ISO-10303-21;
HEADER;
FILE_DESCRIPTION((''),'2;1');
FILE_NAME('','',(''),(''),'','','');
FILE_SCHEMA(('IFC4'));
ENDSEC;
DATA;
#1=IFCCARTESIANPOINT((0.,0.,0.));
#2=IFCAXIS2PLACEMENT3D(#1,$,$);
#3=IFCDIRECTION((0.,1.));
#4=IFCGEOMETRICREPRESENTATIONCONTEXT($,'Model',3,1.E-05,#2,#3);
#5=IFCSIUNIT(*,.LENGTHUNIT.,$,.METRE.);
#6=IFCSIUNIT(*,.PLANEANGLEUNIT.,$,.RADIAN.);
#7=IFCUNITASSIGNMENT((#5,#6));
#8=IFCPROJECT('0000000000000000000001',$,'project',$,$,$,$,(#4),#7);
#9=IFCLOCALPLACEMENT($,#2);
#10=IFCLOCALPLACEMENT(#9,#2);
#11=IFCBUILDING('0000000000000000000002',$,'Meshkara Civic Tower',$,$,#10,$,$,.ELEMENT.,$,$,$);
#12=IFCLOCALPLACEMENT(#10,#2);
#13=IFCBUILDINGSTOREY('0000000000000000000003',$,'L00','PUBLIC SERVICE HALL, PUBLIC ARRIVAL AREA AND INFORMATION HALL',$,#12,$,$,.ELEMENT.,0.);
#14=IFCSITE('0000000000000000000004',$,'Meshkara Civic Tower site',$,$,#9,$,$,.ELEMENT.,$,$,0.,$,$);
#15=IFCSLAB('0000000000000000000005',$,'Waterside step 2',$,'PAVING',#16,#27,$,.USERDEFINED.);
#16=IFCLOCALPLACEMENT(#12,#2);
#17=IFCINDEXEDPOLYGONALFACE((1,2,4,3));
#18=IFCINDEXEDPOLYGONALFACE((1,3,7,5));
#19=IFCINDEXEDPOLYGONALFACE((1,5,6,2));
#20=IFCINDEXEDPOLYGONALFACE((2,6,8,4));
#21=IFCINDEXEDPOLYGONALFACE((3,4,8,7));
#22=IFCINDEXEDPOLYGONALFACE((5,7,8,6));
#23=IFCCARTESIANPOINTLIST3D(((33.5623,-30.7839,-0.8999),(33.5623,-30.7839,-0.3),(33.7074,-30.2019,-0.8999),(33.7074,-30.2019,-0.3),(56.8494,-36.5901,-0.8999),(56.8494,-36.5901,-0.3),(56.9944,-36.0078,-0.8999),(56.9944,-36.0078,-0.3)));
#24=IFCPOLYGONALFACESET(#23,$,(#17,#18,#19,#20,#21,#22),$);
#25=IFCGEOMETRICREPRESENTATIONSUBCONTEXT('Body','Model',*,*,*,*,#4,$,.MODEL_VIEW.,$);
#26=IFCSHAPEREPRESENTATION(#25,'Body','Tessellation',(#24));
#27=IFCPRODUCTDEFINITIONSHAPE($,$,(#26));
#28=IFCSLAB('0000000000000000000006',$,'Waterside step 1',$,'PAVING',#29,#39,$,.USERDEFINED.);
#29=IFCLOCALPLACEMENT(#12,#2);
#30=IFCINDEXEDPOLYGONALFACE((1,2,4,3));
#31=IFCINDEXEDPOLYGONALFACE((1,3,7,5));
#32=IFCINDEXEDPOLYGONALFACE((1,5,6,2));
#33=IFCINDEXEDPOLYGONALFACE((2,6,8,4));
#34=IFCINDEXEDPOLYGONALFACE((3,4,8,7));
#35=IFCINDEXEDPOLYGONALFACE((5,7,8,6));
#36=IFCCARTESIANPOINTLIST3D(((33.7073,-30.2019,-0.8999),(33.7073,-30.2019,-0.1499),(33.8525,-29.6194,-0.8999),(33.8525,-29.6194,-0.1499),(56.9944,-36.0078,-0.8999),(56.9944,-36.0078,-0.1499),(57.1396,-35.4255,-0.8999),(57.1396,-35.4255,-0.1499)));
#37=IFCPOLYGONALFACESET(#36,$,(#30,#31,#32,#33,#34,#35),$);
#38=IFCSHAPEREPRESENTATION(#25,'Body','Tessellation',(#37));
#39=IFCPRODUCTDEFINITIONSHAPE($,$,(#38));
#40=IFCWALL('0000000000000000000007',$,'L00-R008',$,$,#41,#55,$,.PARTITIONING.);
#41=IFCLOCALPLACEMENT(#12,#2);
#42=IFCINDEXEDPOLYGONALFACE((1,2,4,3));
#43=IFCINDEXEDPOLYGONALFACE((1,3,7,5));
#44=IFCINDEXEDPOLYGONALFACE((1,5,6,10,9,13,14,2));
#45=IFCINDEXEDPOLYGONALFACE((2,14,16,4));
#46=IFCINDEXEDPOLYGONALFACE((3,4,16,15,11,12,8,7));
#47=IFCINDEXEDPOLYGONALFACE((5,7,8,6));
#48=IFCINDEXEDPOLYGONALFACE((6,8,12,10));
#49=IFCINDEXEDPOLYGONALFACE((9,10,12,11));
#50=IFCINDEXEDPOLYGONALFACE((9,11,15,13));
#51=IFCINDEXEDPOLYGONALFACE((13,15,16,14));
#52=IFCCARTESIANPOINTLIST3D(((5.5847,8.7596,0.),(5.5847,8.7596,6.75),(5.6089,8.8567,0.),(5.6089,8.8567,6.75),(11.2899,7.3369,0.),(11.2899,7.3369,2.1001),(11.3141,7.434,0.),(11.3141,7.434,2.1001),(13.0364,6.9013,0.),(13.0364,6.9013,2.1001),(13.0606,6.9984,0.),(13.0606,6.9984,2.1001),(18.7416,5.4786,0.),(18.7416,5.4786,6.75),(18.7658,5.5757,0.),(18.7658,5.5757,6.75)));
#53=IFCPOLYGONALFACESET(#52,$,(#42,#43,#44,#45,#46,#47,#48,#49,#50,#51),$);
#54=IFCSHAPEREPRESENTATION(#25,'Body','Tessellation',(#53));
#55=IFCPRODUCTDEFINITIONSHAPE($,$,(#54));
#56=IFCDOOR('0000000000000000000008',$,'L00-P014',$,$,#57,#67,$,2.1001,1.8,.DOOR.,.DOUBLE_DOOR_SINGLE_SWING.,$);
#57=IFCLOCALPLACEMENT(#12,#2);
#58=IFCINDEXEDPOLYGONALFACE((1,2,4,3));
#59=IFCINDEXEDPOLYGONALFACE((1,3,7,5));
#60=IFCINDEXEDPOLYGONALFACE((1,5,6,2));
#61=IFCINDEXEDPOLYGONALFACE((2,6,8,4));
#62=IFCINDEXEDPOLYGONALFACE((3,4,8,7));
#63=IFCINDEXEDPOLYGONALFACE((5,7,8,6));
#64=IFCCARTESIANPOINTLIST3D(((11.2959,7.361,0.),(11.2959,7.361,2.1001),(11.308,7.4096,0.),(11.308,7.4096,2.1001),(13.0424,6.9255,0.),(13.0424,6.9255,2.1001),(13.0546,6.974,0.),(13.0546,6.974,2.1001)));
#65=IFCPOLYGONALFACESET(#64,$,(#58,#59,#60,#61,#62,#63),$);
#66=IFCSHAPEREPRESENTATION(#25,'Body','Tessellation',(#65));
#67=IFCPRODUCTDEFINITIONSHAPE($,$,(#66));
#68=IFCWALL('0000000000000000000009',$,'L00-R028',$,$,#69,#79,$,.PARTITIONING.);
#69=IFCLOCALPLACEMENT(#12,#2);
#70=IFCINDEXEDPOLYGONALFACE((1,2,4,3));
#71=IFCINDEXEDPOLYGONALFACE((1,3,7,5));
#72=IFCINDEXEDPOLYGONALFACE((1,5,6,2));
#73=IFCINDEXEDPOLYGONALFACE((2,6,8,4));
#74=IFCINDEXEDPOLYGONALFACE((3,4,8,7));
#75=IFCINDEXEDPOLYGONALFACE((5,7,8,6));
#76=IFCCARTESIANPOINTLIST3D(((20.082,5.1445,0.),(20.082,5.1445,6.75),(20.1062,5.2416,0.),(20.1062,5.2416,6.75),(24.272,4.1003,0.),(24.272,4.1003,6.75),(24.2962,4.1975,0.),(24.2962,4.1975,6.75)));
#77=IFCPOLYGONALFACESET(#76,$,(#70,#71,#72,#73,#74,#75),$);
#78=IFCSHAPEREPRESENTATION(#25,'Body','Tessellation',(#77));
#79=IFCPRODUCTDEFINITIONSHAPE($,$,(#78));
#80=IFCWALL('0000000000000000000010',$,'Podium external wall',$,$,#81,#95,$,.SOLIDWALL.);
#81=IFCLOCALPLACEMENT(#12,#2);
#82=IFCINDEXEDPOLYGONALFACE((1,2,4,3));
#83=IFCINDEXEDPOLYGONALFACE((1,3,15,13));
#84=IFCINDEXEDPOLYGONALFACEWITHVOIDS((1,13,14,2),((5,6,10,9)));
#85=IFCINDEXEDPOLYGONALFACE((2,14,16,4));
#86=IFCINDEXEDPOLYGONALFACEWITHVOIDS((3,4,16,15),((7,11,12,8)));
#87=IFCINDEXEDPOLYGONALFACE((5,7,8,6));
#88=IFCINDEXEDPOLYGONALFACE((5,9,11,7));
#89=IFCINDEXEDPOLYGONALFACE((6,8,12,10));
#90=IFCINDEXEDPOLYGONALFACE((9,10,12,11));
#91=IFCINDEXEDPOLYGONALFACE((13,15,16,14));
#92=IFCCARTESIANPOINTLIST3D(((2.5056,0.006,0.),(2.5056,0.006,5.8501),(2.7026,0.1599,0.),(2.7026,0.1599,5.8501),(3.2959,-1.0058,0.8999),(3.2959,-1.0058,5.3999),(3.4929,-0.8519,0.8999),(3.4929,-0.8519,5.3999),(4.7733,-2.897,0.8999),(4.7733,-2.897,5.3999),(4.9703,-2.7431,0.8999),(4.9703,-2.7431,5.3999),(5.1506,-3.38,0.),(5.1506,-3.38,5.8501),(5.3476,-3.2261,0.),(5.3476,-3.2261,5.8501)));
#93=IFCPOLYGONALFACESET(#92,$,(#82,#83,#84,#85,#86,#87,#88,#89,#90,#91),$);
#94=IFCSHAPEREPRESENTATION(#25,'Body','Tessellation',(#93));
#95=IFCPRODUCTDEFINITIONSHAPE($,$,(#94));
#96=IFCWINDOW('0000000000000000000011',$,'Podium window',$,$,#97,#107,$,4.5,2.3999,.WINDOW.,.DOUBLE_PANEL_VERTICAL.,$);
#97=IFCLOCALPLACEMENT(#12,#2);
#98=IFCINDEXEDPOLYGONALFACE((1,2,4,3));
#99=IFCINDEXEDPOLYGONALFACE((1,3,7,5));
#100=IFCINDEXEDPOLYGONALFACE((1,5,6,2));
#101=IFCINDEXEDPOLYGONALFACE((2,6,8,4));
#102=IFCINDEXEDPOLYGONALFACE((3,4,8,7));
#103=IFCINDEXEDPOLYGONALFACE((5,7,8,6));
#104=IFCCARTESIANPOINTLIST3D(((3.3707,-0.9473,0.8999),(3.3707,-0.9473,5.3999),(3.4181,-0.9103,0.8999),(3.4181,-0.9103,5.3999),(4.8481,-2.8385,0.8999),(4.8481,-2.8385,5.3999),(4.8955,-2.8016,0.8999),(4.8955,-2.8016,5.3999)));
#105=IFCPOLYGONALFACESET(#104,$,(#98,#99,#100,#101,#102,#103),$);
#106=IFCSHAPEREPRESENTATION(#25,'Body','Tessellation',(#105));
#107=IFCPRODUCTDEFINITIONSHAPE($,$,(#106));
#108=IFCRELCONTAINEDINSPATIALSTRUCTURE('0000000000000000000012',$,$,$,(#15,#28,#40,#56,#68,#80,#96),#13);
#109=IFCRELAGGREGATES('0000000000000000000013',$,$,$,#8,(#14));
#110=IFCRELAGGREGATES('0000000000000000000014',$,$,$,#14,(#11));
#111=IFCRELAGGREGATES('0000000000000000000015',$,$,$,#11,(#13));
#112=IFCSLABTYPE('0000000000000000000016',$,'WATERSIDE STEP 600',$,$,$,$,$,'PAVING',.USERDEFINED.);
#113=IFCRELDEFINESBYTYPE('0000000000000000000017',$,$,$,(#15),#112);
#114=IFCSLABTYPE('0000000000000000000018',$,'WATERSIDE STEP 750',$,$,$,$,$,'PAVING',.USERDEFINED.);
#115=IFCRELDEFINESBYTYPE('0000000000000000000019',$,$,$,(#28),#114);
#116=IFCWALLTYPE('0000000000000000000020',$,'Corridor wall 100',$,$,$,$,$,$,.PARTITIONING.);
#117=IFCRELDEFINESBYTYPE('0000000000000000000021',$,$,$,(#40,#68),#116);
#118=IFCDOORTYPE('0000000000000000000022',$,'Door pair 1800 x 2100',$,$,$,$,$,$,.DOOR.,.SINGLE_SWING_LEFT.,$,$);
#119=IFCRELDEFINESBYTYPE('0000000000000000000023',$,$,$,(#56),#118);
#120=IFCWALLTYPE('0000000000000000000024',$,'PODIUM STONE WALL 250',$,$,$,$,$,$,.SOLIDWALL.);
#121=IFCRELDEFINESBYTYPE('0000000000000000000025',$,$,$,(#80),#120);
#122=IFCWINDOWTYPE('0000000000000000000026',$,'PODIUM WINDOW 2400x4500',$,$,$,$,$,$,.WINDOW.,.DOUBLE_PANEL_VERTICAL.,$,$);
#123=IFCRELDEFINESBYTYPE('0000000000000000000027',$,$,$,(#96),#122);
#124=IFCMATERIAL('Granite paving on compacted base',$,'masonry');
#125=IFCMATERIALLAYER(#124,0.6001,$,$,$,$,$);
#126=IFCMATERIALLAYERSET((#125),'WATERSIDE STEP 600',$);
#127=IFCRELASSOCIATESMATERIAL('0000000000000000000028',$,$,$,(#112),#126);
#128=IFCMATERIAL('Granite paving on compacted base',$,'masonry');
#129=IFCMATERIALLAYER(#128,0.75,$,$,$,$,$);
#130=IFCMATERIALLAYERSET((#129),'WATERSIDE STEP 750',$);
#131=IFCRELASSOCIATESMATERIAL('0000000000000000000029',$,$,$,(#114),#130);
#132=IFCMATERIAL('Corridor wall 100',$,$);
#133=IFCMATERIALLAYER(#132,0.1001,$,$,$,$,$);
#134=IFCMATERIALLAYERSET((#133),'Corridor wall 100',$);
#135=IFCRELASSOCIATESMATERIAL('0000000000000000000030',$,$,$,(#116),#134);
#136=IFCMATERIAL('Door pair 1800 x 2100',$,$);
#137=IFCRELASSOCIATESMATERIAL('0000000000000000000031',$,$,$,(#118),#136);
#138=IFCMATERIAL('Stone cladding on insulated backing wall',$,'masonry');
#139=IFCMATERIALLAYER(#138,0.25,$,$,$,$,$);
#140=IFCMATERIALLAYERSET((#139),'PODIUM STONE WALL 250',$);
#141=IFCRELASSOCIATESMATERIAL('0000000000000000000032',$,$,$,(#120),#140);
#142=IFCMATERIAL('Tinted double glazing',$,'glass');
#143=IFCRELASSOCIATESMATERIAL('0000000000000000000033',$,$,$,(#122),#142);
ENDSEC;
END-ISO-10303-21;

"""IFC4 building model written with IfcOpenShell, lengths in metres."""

from ifc_helpers import new_model, si_unit, direction, frame, frame_2d, origin, place, context, subcontext, project, spatial, polyline, rectangle, outline, extrude, material, layer, layer_set, type_object, element, fill, save


model = new_model("IFC4")

# Units and contexts
model_context = context("Model", 3, precision=1e-05, world=origin(), true_north=direction((0.0, 1.0)))
body_context = subcontext(model_context, "Body", "Model", "MODEL_VIEW")
ifc_project = project(units=[si_unit("LENGTHUNIT", "METRE"), si_unit("PLANEANGLEUNIT", "RADIAN")], contexts=[model_context])

# Site, building, storey
site_placement = place(None, origin())
site = spatial("IfcSite", under=ifc_project, at=site_placement, Name="Meshkara Civic Tower site", CompositionType="ELEMENT", RefElevation=0.0)
building_placement = place(site_placement, origin())
building = spatial("IfcBuilding", under=site, at=building_placement, Name="Meshkara Civic Tower", CompositionType="ELEMENT")
storey_placement = place(building_placement, origin())
storey = spatial("IfcBuildingStorey", under=building, at=storey_placement, Name="L00", Description="PUBLIC SERVICE HALL, PUBLIC ARRIVAL AREA AND INFORMATION HALL", CompositionType="ELEMENT", Elevation=0.0)

# Slabs
ifc_material_1 = material(Name="Granite paving on compacted base", Category="masonry")
ifc_layer_1 = layer(ifc_material_1, 0.6001)
ifc_layer_set_1 = layer_set([ifc_layer_1], Name="WATERSIDE STEP 600")
slab_type_1 = type_object("IfcSlabType", Name="WATERSIDE STEP 600", ElementType="PAVING", PredefinedType="USERDEFINED", material=ifc_layer_set_1)
slab_1_placement = place(storey_placement, frame((0.0, 0.0, -0.8999)))
element("IfcSlab", 1, at=slab_1_placement, inside=storey, type_object=slab_type_1, Name="Waterside step 2", ObjectType="PAVING", PredefinedType="USERDEFINED", context=body_context, shape_type="SweptSolid", body=[
    extrude(outline(polyline([(33.7073, -30.2019), (56.9944, -36.0078), (56.8494, -36.5901), (33.5623, -30.7839), (33.8525, -29.6196), (33.7073, -30.2019)])), origin(), (0.0, 0.0, 1.0), 0.5999),
])
ifc_material_2 = material(Name="Granite paving on compacted base", Category="masonry")
ifc_layer_2 = layer(ifc_material_2, 0.75)
ifc_layer_set_2 = layer_set([ifc_layer_2], Name="WATERSIDE STEP 750")
slab_type_2 = type_object("IfcSlabType", Name="WATERSIDE STEP 750", ElementType="PAVING", PredefinedType="USERDEFINED", material=ifc_layer_set_2)
slab_2_placement = place(storey_placement, frame((0.0, 0.0, -0.8999)))
element("IfcSlab", 2, at=slab_2_placement, inside=storey, type_object=slab_type_2, Name="Waterside step 1", ObjectType="PAVING", PredefinedType="USERDEFINED", context=body_context, shape_type="SweptSolid", body=[
    extrude(outline(polyline([(56.9944, -36.0078), (33.7073, -30.2019), (33.8525, -29.6194), (57.1396, -35.4255), (56.9944, -36.0078)])), origin(), (0.0, 0.0, 1.0), 0.75),
])

# Wall, opening, door
ifc_material_3 = material(Name="Corridor wall 100")
ifc_layer_3 = layer(ifc_material_3, 0.1001)
ifc_layer_set_3 = layer_set([ifc_layer_3], Name="Corridor wall 100")
wall_type_1 = type_object("IfcWallType", Name="Corridor wall 100", PredefinedType="PARTITIONING", material=ifc_layer_set_3)
wall_1_placement = place(storey_placement, frame((5.5969, 8.8081, 0.0), z_axis=(0.0, 0.0, 1.0), x_axis=(0.970285, -0.241964, 0.0)))
wall_1 = element("IfcWall", 3, at=wall_1_placement, inside=storey, type_object=wall_type_1, Name="L00-R008", PredefinedType="PARTITIONING", context=body_context, shape_type="SweptSolid", body=[
    extrude(rectangle(XDim=13.5598, YDim=0.1001, at=frame_2d((6.7798, 0.0))), origin(), (0.0, 0.0, 1.0), 6.75),
])
opening_1_placement = place(wall_1_placement, frame((5.8799, 0.0, 0.0)))
opening_1 = element("IfcOpeningElement", 4, at=opening_1_placement, cuts=wall_1, PredefinedType="OPENING", context=body_context, shape_type="SweptSolid", body=[
    extrude(rectangle(XDim=1.8, YDim=2.1001, at=frame_2d((0.8999, 1.05))), frame((0.0, 0.0601, 0.0), z_axis=(0.0, -1.0, 0.0), x_axis=(1.0, 0.0, 0.0)), (0.0, 0.0, 1.0), 0.1201),
])
ifc_material_4 = material(Name="Door pair 1800 x 2100")
door_type = type_object("IfcDoorType", Name="Door pair 1800 x 2100", OperationType="SINGLE_SWING_LEFT", PredefinedType="DOOR", material=ifc_material_4)
door_placement = place(opening_1_placement, origin())
door = element("IfcDoor", 5, at=door_placement, inside=storey, type_object=door_type, Name="L00-P014", OperationType="DOUBLE_DOOR_SINGLE_SWING", OverallHeight=2.1001, OverallWidth=1.8, PredefinedType="DOOR", context=body_context, shape_type="SweptSolid", body=[
    extrude(rectangle(XDim=1.8, YDim=2.1001, at=frame_2d((0.8999, 1.05))), frame((0.0, 0.0249, 0.0), z_axis=(0.0, -1.0, 0.0), x_axis=(1.0, 0.0, 0.0)), (0.0, 0.0, 1.0), 0.05),
])
fill(opening_1, door)

# Wall
wall_2_placement = place(storey_placement, frame((20.094, 5.1931, 0.0), z_axis=(0.0, 0.0, 1.0), x_axis=(0.970322, -0.241817, 0.0)))
element("IfcWall", 6, at=wall_2_placement, inside=storey, type_object=wall_type_1, Name="L00-R028", PredefinedType="PARTITIONING", context=body_context, shape_type="SweptSolid", body=[
    extrude(rectangle(XDim=4.3181, YDim=0.1001, at=frame_2d((2.1592, 0.0))), origin(), (0.0, 0.0, 1.0), 6.75),
])

# Wall, opening, window
ifc_material_5 = material(Name="Stone cladding on insulated backing wall", Category="masonry")
ifc_layer_4 = layer(ifc_material_5, 0.25)
ifc_layer_set_4 = layer_set([ifc_layer_4], Name="PODIUM STONE WALL 250")
wall_type_2 = type_object("IfcWallType", Name="PODIUM STONE WALL 250", PredefinedType="SOLIDWALL", material=ifc_layer_set_4)
wall_3_placement = place(storey_placement, frame((2.604, 0.083, 0.0), z_axis=(0.0, 0.0, 1.0), x_axis=(0.615603, -0.788056, 0.0)))
wall_3 = element("IfcWall", 7, at=wall_3_placement, inside=storey, type_object=wall_type_2, Name="Podium external wall", PredefinedType="SOLIDWALL", context=body_context, shape_type="SweptSolid", body=[
    extrude(rectangle(XDim=4.2966, YDim=0.25, at=frame_2d((2.1484, 0.0))), origin(), (0.0, 0.0, 1.0), 5.8501),
])
opening_2_placement = place(wall_3_placement, frame((1.2839, 0.0, 0.8999)))
opening_2 = element("IfcOpeningElement", 8, at=opening_2_placement, cuts=wall_3, PredefinedType="OPENING", context=body_context, shape_type="SweptSolid", body=[
    extrude(rectangle(XDim=2.3999, YDim=4.5, at=frame_2d((1.2, 2.25))), frame((0.0, 0.135, 0.0), z_axis=(0.0, -1.0, 0.0), x_axis=(1.0, 0.0, 0.0)), (0.0, 0.0, 1.0), 0.27),
])
ifc_material_6 = material(Name="Tinted double glazing", Category="glass")
window_type = type_object("IfcWindowType", Name="PODIUM WINDOW 2400x4500", PartitioningType="DOUBLE_PANEL_VERTICAL", PredefinedType="WINDOW", material=ifc_material_6)
window_placement = place(opening_2_placement, origin())
window = element("IfcWindow", 9, at=window_placement, inside=storey, type_object=window_type, Name="Podium window", OverallHeight=4.5, OverallWidth=2.3999, PartitioningType="DOUBLE_PANEL_VERTICAL", PredefinedType="WINDOW", context=body_context, shape_type="SweptSolid", body=[
    extrude(rectangle(XDim=2.3999, YDim=4.5, at=frame_2d((1.2, 2.25))), frame((0.0, 0.03, 0.0), z_axis=(0.0, -1.0, 0.0), x_axis=(1.0, 0.0, 0.0)), (0.0, 0.0, 1.0), 0.0601),
])
fill(opening_2, window)

save(model, "model.ifc")
